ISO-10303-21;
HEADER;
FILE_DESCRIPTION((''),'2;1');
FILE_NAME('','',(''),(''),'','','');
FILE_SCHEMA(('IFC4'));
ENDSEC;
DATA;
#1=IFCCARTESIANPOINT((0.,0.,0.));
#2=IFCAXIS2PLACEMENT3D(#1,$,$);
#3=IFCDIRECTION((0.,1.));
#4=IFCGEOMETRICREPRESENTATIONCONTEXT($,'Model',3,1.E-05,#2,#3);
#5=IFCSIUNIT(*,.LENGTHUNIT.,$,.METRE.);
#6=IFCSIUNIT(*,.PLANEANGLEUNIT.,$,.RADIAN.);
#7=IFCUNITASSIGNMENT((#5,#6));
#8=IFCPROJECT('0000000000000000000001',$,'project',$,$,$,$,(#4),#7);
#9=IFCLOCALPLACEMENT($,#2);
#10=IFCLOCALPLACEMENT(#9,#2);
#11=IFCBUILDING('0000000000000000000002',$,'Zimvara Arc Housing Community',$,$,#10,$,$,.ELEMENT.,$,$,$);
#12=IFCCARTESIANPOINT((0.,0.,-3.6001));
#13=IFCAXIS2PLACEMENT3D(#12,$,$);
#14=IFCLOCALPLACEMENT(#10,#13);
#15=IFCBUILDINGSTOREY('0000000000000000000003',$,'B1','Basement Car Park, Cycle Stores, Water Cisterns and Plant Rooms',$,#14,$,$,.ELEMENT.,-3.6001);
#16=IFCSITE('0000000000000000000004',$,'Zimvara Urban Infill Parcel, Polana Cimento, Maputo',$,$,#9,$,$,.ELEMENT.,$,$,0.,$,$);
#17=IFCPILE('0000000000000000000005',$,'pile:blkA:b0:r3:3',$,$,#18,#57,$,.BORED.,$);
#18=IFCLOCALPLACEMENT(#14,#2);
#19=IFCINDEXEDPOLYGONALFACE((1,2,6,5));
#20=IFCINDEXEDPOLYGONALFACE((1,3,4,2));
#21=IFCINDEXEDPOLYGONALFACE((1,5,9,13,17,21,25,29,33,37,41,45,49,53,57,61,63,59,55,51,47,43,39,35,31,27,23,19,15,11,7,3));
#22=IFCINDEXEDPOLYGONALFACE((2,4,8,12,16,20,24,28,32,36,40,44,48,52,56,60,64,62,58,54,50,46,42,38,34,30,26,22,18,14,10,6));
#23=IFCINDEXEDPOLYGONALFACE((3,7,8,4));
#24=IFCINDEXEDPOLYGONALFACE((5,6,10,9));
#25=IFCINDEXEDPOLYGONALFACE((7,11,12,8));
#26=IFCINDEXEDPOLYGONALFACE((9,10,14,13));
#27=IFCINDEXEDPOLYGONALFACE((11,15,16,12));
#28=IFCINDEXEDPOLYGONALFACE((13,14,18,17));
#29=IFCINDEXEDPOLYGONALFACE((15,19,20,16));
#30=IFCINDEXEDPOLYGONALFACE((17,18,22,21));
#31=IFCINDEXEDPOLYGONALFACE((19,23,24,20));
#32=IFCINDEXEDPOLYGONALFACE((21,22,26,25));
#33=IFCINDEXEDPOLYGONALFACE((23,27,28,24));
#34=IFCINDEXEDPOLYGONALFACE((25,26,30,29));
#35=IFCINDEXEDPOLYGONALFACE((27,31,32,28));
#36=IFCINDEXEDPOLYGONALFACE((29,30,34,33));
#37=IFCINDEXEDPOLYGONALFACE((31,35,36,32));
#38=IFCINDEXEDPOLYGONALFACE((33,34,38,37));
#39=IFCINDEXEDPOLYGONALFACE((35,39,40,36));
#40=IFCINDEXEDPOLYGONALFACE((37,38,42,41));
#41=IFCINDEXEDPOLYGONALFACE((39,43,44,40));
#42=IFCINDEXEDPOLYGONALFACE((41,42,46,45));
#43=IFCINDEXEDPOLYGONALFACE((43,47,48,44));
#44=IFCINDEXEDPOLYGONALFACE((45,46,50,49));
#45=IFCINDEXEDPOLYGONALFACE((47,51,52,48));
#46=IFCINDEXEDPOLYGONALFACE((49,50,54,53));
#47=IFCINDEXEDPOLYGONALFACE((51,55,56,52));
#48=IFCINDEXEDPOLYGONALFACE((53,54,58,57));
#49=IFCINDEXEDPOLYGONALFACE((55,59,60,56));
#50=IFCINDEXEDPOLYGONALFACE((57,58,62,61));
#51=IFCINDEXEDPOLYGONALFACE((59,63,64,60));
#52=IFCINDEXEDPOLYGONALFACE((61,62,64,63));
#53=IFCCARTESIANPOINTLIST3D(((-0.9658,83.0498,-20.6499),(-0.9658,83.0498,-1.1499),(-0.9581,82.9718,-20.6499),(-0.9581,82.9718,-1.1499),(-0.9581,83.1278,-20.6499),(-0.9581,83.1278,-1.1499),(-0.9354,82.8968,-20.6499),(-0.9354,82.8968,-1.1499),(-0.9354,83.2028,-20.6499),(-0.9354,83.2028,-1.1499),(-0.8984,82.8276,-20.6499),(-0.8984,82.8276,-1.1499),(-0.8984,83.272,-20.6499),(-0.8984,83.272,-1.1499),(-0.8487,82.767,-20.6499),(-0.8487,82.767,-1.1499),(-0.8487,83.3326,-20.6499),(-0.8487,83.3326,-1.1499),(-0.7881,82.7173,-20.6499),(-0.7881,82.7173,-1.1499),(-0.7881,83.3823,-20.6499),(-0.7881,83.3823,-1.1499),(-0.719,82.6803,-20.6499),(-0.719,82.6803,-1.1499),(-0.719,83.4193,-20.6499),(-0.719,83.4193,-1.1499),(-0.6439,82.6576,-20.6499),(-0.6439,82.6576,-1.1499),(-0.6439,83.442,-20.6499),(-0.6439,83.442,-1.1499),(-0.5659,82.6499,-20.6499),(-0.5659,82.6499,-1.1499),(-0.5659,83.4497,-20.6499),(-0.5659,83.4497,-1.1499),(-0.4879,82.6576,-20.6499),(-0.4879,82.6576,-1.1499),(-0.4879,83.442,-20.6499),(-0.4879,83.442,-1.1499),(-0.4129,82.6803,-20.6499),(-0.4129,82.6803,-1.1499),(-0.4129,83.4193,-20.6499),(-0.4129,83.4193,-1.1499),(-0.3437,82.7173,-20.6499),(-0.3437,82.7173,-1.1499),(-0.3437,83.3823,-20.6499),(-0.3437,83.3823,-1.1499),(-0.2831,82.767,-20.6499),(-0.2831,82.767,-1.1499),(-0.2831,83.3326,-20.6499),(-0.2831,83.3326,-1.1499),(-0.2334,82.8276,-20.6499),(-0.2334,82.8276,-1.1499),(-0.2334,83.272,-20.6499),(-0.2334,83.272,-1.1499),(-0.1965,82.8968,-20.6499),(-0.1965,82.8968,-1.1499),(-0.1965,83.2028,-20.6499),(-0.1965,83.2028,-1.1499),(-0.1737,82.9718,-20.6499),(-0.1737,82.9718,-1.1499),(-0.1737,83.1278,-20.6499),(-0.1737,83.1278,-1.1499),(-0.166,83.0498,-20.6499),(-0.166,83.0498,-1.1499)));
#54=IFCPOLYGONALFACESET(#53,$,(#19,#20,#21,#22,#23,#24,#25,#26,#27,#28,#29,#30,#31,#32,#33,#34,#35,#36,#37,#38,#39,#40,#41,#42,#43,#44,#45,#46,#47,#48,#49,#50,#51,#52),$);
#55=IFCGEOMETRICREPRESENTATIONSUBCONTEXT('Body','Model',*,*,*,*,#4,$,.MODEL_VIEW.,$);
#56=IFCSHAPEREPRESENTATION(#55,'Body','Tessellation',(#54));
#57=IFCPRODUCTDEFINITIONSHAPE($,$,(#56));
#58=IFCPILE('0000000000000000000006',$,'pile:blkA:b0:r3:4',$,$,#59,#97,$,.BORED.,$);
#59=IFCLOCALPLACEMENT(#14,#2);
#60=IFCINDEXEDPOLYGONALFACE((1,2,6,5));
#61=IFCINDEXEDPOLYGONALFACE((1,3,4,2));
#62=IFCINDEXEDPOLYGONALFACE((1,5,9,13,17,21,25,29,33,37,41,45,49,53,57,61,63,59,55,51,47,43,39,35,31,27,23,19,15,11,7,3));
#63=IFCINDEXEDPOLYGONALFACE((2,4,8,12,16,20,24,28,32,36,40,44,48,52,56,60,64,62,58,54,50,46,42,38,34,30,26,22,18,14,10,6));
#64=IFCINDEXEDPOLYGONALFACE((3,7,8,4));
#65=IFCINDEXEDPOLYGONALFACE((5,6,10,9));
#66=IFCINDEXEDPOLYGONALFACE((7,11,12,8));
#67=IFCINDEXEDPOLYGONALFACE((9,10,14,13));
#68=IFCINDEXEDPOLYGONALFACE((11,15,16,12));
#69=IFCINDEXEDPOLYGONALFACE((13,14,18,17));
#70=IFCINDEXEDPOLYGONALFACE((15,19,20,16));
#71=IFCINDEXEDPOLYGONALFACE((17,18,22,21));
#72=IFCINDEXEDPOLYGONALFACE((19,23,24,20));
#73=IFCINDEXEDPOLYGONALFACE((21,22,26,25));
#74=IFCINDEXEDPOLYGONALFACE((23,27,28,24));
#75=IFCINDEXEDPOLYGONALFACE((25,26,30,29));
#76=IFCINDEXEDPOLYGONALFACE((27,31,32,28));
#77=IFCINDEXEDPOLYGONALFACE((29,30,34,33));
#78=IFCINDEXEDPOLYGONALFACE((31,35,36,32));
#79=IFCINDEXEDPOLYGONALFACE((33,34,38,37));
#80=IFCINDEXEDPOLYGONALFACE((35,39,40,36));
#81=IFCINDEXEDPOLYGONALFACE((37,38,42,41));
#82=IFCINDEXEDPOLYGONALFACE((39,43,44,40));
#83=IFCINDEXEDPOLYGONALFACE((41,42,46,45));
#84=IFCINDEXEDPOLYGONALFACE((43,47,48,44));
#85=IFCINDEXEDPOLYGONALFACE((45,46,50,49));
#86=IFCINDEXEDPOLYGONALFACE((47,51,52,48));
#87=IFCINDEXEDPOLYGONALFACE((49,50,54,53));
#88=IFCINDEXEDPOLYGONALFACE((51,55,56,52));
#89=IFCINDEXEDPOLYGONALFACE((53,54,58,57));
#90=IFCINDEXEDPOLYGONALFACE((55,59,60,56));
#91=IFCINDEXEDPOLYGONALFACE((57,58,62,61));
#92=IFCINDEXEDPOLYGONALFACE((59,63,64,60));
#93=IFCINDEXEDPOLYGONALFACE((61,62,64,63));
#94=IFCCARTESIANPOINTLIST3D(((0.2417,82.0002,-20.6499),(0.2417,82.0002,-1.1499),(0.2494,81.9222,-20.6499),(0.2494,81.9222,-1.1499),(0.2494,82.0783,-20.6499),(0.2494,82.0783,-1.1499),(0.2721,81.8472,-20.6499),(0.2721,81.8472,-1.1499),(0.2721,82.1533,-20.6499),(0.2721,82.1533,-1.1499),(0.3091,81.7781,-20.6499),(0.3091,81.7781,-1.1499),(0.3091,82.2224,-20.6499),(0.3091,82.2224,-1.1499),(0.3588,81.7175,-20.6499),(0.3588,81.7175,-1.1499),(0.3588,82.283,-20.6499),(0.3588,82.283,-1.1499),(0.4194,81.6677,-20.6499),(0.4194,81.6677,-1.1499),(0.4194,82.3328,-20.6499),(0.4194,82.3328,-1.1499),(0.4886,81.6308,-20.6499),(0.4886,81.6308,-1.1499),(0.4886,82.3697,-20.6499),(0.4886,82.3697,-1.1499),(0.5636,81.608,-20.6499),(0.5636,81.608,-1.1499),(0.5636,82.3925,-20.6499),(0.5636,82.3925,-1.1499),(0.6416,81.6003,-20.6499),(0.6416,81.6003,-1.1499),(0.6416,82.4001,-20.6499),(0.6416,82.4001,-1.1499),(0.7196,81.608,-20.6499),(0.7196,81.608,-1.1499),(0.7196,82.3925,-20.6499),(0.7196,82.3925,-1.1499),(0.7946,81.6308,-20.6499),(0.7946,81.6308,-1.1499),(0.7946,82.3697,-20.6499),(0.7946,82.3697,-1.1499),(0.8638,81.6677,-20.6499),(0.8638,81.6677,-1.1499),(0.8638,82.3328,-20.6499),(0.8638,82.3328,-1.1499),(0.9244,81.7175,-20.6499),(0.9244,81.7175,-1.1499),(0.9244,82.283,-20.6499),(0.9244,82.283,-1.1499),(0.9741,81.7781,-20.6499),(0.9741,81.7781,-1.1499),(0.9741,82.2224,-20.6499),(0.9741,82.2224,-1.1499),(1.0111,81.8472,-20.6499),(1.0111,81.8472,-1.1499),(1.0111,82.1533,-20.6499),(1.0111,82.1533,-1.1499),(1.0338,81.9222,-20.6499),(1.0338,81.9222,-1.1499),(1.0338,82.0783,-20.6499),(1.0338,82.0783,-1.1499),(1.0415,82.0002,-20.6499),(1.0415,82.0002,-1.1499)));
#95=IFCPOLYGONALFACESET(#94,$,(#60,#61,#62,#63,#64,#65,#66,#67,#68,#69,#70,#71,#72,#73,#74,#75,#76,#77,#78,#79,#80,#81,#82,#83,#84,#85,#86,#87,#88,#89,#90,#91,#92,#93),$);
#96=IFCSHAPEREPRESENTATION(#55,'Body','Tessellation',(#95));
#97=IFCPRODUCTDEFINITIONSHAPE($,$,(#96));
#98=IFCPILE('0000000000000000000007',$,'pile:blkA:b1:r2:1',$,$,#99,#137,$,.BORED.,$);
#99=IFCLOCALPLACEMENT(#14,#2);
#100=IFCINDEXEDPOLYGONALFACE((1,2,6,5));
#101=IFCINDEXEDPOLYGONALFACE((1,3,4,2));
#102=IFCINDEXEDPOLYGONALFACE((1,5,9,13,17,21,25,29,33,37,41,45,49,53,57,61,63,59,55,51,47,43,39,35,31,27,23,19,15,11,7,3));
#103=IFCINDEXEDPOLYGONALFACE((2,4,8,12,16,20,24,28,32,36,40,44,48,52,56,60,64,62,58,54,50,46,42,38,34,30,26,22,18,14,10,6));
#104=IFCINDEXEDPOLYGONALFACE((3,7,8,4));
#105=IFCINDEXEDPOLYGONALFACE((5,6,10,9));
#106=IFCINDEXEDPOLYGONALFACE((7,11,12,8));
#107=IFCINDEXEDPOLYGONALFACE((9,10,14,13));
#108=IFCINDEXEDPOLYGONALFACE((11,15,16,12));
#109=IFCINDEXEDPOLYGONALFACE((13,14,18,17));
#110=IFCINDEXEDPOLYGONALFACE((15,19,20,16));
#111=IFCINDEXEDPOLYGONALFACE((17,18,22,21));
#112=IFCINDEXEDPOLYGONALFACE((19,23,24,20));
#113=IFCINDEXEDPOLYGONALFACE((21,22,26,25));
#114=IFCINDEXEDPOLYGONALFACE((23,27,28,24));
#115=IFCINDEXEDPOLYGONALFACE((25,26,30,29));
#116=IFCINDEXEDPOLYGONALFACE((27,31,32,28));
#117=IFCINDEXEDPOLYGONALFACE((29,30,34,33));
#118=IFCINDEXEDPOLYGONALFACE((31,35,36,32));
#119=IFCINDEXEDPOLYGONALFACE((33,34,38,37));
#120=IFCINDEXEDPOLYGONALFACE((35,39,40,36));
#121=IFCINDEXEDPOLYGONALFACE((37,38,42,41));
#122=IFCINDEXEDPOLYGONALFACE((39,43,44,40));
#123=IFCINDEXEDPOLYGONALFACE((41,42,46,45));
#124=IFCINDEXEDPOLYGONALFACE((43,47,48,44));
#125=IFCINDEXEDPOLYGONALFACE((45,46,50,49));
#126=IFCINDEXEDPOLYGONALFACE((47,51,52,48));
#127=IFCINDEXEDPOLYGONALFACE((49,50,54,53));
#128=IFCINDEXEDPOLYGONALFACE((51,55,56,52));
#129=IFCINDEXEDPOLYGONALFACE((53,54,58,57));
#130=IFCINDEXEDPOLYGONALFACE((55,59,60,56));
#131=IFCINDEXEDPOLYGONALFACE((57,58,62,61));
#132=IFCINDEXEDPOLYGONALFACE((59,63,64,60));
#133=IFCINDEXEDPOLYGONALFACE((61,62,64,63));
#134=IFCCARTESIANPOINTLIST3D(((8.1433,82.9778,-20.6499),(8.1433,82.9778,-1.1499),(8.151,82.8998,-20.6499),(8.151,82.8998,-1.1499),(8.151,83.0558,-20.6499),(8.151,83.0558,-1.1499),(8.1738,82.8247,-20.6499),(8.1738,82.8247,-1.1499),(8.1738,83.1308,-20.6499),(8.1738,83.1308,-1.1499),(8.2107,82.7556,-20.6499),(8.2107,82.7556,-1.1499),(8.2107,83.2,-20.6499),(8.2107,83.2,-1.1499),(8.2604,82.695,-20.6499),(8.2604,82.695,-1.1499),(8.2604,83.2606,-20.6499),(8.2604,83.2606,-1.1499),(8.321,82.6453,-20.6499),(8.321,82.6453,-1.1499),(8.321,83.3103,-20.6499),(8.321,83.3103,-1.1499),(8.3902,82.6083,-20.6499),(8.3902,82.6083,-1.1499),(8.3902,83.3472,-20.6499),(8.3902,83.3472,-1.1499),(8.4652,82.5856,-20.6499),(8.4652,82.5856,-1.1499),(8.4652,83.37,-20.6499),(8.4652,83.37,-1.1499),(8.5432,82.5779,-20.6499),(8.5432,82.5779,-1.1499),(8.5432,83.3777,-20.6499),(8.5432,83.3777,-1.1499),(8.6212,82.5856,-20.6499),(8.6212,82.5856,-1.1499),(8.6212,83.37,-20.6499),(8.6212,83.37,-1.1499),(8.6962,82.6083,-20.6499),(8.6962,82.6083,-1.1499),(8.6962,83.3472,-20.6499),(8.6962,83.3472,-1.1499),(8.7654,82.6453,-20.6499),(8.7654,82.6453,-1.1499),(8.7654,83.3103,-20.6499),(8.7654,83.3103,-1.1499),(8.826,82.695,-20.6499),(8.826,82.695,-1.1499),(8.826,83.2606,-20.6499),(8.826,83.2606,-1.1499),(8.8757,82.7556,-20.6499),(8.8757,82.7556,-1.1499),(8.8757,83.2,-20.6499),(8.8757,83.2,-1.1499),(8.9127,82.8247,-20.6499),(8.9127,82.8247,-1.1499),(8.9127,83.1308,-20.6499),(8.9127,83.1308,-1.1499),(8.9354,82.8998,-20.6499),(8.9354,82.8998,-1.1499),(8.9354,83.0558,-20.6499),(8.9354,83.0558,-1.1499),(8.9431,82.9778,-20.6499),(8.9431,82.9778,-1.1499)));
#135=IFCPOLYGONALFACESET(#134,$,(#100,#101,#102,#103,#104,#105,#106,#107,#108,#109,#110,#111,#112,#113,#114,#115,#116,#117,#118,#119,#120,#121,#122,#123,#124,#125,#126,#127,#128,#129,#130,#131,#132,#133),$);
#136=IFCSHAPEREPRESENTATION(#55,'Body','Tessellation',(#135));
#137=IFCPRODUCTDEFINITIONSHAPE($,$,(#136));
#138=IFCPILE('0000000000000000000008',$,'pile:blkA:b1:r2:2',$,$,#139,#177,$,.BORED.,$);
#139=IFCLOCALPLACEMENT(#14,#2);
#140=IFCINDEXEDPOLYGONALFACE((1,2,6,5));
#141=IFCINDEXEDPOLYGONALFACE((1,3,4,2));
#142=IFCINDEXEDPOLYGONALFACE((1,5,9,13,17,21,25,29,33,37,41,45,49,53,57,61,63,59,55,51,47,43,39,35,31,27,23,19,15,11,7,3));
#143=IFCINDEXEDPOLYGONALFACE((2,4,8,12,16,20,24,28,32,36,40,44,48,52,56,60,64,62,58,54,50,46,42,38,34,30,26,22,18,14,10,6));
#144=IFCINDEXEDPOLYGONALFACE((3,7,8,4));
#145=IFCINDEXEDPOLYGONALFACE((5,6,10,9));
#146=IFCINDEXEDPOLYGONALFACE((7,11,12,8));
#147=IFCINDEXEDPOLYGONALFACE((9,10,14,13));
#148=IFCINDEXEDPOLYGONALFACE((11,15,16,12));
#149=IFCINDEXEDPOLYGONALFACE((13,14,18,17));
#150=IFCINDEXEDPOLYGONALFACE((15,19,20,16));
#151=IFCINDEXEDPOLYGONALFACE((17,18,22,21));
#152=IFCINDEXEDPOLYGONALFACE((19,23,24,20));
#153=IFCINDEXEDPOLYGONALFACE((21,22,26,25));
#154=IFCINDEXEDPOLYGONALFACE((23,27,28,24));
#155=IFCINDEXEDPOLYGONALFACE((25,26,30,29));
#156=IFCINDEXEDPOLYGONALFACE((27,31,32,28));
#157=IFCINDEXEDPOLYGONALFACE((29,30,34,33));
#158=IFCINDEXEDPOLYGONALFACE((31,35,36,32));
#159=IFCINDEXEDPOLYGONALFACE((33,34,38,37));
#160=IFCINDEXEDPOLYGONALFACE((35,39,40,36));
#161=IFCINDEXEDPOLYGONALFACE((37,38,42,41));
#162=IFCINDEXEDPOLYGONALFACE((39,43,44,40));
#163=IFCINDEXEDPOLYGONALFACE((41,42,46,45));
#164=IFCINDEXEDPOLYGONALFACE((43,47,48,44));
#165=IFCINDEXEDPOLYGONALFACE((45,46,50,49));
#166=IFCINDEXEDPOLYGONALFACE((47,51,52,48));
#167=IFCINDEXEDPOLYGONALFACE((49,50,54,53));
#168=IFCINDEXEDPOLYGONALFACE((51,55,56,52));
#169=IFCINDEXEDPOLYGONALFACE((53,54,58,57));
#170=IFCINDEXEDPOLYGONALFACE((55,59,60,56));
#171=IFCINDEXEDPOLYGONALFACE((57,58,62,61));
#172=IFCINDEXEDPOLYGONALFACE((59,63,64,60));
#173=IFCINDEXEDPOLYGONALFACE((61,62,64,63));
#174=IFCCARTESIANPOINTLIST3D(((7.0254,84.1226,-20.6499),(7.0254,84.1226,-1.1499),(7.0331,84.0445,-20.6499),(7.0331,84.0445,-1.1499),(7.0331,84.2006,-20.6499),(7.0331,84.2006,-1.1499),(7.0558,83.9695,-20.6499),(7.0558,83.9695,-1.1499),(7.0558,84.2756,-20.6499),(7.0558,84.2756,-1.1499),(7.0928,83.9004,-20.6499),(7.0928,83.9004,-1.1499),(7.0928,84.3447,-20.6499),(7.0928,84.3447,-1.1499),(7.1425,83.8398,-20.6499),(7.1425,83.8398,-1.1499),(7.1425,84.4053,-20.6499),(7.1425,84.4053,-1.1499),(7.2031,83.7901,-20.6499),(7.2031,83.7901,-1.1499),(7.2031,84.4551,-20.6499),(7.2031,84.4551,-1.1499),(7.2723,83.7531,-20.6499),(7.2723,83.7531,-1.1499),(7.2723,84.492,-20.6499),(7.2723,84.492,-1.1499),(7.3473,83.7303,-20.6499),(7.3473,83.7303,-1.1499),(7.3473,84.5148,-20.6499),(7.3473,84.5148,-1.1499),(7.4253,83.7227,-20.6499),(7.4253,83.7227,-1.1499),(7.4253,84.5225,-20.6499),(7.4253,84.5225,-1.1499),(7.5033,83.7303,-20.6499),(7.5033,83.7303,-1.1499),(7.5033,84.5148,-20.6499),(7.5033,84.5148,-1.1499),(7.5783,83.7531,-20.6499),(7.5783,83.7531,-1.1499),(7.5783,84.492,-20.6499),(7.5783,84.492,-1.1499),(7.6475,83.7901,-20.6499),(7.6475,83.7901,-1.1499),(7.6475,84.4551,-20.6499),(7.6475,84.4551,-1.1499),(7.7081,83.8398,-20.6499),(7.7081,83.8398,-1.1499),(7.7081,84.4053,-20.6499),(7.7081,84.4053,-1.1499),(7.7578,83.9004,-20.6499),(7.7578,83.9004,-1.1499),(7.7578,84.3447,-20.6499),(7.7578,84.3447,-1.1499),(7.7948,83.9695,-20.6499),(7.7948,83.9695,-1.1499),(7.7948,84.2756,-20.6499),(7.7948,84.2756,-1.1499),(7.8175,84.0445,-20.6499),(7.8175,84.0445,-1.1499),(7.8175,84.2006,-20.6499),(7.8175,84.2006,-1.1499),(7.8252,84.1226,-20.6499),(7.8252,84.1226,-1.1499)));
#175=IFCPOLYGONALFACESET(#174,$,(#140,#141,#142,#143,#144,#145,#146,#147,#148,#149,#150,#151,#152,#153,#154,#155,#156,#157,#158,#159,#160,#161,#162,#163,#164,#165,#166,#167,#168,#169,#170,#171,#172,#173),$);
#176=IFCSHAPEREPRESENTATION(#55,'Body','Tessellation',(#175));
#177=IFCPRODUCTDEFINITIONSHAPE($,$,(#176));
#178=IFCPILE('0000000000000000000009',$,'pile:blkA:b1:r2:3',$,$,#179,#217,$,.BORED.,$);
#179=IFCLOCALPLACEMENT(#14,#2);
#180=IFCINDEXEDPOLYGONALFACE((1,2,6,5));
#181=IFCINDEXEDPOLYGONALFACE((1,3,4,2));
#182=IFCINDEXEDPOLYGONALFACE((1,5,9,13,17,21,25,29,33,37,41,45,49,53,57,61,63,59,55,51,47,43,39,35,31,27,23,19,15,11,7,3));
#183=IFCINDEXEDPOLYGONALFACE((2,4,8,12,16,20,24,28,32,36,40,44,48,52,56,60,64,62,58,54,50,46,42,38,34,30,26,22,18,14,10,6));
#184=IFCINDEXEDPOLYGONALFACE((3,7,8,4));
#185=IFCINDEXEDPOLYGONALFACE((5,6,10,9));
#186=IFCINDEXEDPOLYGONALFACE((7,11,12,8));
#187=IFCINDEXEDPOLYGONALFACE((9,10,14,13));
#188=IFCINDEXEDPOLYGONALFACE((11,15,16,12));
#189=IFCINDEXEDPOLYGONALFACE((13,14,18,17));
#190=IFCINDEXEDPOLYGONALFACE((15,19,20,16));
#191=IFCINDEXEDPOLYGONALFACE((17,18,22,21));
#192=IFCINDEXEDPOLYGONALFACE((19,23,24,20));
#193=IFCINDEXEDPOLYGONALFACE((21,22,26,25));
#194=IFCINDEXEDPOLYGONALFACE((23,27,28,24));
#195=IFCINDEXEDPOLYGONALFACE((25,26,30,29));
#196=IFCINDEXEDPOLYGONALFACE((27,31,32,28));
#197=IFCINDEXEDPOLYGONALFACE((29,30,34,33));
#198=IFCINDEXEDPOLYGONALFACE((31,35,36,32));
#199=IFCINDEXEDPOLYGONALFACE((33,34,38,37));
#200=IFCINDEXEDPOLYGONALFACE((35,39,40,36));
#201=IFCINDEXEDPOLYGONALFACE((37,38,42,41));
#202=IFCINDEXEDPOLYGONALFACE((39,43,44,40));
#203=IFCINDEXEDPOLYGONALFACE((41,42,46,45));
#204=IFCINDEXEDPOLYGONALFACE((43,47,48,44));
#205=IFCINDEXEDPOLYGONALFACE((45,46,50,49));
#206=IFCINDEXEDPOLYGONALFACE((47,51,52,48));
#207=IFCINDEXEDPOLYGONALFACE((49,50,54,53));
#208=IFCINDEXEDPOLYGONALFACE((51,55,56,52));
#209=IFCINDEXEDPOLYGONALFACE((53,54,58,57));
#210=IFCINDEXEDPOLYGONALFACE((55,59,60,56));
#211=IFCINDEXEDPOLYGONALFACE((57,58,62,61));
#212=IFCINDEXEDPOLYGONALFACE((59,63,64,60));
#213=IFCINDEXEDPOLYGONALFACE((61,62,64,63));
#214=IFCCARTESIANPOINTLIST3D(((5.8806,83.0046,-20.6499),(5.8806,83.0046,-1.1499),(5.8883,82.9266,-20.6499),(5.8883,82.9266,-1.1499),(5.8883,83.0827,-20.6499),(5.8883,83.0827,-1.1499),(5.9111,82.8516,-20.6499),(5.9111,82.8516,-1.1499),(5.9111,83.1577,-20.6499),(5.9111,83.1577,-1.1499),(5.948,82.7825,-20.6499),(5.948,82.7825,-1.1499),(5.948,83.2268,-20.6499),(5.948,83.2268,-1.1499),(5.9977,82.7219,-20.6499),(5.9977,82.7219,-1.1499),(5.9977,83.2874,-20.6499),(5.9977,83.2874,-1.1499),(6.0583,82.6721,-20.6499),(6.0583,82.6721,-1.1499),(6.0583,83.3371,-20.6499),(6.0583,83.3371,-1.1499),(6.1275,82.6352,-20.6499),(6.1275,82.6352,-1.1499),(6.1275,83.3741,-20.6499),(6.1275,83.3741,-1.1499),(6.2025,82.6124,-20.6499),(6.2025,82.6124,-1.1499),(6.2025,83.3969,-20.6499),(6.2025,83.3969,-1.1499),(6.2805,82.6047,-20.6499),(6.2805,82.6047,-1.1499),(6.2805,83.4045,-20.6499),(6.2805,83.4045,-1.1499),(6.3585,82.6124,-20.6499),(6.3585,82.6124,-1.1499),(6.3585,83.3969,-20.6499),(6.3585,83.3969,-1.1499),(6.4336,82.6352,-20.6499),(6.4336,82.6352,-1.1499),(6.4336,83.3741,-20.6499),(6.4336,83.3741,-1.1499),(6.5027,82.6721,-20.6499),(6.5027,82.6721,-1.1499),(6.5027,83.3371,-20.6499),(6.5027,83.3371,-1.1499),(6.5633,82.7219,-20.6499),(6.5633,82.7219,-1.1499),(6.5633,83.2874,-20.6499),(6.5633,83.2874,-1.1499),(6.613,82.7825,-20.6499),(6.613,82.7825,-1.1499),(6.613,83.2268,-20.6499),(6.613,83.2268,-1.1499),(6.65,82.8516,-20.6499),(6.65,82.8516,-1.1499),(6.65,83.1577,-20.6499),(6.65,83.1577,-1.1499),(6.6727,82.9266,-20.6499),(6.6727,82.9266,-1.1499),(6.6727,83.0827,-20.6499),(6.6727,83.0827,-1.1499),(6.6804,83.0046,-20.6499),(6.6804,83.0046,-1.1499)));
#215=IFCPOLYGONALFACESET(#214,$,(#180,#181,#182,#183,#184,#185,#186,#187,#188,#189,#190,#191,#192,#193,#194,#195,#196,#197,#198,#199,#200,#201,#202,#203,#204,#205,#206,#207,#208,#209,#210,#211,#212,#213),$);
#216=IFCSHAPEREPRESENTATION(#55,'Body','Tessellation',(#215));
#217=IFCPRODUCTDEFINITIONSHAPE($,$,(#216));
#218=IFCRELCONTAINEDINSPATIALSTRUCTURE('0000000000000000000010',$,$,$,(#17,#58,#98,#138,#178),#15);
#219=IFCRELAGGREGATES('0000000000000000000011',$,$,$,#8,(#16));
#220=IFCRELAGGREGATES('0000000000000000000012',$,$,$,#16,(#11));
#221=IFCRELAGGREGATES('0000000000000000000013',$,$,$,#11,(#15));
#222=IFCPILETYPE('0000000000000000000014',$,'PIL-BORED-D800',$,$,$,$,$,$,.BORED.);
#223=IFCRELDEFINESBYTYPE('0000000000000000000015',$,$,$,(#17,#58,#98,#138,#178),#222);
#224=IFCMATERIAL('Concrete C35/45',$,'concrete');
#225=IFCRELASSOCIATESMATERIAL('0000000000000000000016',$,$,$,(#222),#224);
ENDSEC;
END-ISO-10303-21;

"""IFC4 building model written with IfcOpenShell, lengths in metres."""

from ifc_helpers import new_model, si_unit, direction, frame, origin, origin_2d, place, context, subcontext, project, spatial, circle, extrude, material, material_profile, profile_set, type_object, element, save


model = new_model("IFC4")

# Units and contexts
model_context = context("Model", 3, precision=1e-05, world=origin(), true_north=direction((0.0, 1.0)))
body_context = subcontext(model_context, "Body", "Model", "MODEL_VIEW")
ifc_project = project(units=[si_unit("LENGTHUNIT", "METRE"), si_unit("PLANEANGLEUNIT", "RADIAN")], contexts=[model_context])

# Site, building, storey
site_placement = place(None, origin())
site = spatial("IfcSite", under=ifc_project, at=site_placement, Name="Zimvara Urban Infill Parcel, Polana Cimento, Maputo", CompositionType="ELEMENT", RefElevation=0.0)
building_placement = place(site_placement, origin())
building = spatial("IfcBuilding", under=site, at=building_placement, Name="Zimvara Arc Housing Community", CompositionType="ELEMENT")
storey_placement = place(building_placement, frame((0.0, 0.0, -3.6001)))
storey = spatial("IfcBuildingStorey", under=building, at=storey_placement, Name="B1", Description="Basement Car Park, Cycle Stores, Water Cisterns and Plant Rooms", CompositionType="ELEMENT", Elevation=-3.6001)

# Piles
ifc_material_1 = material(Name="Concrete C35/45", Category="concrete")
ifc_material_profile_1 = material_profile(ifc_material_1, circle(Radius=0.3999, at=origin_2d()), Name="PILE D800")
ifc_profile_set_1 = profile_set([ifc_material_profile_1], Name="Concrete C35/45")
pile_type = type_object("IfcPileType", Name="PIL-BORED-D800", PredefinedType="BORED", material=ifc_profile_set_1)
for number, where, z_axis, x_axis, name in (
    (1, (-0.5659, 83.0498, -1.1499), (0.0, 0.0, -1.0), (1.0, 0.0, 0.0), "pile:blkA:b0:r3:3"),
    (2, (0.6416, 82.0002, -1.1499), (0.0, 0.0, -1.0), (1.0, 0.0, 0.0), "pile:blkA:b0:r3:4"),
    (3, (8.5432, 82.9778, -1.1499), (0.0, 0.0, -1.0), (1.0, 0.0, 0.0), "pile:blkA:b1:r2:1"),
    (4, (7.4253, 84.1226, -1.1499), (0.0, 0.0, -1.0), (1.0, 0.0, 0.0), "pile:blkA:b1:r2:2"),
    (5, (6.2805, 83.0046, -1.1499), (0.0, 0.0, -1.0), (1.0, 0.0, 0.0), "pile:blkA:b1:r2:3"),
):
    element("IfcPile", number, at=place(storey_placement, frame(where, z_axis=z_axis, x_axis=x_axis)), inside=storey, type_object=pile_type, Name=name, PredefinedType="BORED", context=body_context, shape_type="SweptSolid", body=[
        extrude(circle(Radius=0.3999, at=origin_2d()), origin(), (0.0, 0.0, 1.0), 19.5),
    ])

save(model, "model.ifc")
